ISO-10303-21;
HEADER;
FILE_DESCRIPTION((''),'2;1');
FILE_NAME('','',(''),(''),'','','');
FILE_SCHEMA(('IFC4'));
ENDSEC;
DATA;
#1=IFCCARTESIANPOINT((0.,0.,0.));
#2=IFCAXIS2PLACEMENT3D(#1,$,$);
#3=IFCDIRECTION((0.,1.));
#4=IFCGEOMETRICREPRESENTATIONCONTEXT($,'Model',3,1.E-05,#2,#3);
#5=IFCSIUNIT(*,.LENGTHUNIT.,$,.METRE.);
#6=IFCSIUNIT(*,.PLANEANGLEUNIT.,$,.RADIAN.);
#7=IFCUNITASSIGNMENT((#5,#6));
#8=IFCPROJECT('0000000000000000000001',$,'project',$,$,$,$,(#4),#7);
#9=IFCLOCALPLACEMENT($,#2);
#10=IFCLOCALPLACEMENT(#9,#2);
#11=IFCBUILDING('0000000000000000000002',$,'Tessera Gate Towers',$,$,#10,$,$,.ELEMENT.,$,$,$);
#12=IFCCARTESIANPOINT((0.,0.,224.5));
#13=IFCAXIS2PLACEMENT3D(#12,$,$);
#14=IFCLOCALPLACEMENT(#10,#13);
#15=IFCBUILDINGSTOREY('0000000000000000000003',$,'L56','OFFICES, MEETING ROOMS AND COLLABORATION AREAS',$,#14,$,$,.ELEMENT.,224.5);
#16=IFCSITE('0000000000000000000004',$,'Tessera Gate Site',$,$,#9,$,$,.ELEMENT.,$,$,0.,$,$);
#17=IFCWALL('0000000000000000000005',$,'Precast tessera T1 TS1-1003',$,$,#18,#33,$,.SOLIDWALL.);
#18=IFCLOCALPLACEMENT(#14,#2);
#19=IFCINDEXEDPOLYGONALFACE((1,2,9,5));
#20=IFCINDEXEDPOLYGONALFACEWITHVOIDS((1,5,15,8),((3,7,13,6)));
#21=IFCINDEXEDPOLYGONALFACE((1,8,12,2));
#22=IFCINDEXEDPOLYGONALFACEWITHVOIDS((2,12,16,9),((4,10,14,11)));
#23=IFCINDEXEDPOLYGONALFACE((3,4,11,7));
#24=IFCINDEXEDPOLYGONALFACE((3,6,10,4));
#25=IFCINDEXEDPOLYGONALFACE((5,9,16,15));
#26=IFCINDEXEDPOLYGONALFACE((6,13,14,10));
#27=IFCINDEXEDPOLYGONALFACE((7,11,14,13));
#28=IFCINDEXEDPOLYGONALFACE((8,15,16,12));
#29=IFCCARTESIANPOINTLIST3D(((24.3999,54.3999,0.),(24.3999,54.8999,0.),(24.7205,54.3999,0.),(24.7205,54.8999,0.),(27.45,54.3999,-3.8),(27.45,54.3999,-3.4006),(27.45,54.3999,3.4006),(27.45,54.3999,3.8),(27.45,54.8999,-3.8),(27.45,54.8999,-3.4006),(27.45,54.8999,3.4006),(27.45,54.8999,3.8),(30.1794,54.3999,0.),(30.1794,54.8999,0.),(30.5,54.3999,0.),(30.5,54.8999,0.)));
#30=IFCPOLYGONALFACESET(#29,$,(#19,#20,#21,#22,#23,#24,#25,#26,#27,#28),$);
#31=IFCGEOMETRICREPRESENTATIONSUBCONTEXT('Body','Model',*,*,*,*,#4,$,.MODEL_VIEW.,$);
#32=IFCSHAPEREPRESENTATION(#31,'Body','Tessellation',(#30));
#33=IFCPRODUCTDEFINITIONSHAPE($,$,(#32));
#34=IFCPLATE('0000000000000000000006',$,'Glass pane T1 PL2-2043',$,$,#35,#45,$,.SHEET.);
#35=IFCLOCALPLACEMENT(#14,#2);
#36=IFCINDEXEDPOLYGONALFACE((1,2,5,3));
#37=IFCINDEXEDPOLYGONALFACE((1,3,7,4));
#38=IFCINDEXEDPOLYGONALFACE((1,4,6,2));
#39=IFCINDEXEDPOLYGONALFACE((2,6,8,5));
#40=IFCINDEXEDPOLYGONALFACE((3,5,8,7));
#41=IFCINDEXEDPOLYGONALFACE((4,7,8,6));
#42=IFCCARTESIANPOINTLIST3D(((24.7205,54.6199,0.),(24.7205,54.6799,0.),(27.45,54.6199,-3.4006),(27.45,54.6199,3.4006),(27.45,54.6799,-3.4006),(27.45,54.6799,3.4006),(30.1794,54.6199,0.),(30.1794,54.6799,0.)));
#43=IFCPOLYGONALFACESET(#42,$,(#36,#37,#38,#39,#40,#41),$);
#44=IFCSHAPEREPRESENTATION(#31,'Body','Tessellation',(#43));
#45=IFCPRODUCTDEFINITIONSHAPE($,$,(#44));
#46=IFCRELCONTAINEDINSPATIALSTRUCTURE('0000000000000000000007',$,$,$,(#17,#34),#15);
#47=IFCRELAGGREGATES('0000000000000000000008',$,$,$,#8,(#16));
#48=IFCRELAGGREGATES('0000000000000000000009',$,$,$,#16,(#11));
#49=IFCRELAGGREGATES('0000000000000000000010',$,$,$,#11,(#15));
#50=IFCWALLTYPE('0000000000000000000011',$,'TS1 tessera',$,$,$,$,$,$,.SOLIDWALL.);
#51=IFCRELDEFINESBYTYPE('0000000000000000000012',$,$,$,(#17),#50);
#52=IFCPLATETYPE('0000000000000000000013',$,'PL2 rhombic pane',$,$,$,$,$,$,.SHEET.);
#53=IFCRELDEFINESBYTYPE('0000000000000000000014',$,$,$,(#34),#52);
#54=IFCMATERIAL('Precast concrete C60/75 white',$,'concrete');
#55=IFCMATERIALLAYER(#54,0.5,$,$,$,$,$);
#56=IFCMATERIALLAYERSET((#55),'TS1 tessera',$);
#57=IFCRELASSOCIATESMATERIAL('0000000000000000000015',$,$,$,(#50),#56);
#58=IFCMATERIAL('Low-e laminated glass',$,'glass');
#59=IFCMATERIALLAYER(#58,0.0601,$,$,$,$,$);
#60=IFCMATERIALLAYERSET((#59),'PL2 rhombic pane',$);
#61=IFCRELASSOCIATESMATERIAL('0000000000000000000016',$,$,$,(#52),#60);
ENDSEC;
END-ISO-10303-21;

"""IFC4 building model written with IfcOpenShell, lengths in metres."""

from ifc_helpers import new_model, si_unit, direction, frame, origin, place, context, subcontext, project, spatial, polyline, outline, extrude, source, transform, mapped, material, layer, layer_set, type_object, element, fill, save


model = new_model("IFC4")

# Units and contexts
model_context = context("Model", 3, precision=1e-05, world=origin(), true_north=direction((0.0, 1.0)))
body_context = subcontext(model_context, "Body", "Model", "MODEL_VIEW")
ifc_project = project(units=[si_unit("LENGTHUNIT", "METRE"), si_unit("PLANEANGLEUNIT", "RADIAN")], contexts=[model_context])

# Site, building, storey
site_placement = place(None, origin())
site = spatial("IfcSite", under=ifc_project, at=site_placement, Name="Tessera Gate Site", CompositionType="ELEMENT", RefElevation=0.0)
building_placement = place(site_placement, origin())
building = spatial("IfcBuilding", under=site, at=building_placement, Name="Tessera Gate Towers", CompositionType="ELEMENT")
storey_placement = place(building_placement, frame((0.0, 0.0, 224.5)))
storey = spatial("IfcBuildingStorey", under=building, at=storey_placement, Name="L56", Description="OFFICES, MEETING ROOMS AND COLLABORATION AREAS", CompositionType="ELEMENT", Elevation=224.5)

# Wall, opening, plate
ifc_material_1 = material(Name="Precast concrete C60/75 white", Category="concrete")
ifc_layer_1 = layer(ifc_material_1, 0.5)
ifc_layer_set_1 = layer_set([ifc_layer_1], Name="TS1 tessera")
wall_type_1 = type_object("IfcWallType", Name="TS1 tessera", PredefinedType="SOLIDWALL", material=ifc_layer_set_1)
shared_shape_1 = source(origin(), body_context, "Body", "SweptSolid", [
    extrude(outline(polyline([(3.05, 0.0), (6.1001, 3.8), (3.05, 7.6001), (0.0, 3.8), (3.05, 0.0)])), frame((0.0, 0.25, 0.0), z_axis=(0.0, -1.0, 0.0), x_axis=(1.0, 0.0, 0.0)), (0.0, 0.0, 1.0), 0.5),
])
wall_1_placement = place(storey_placement, frame((30.5, 54.6499, -3.8), z_axis=(0.0, 0.0, 1.0), x_axis=(-1.0, 0.0, 0.0)))
wall_1 = element("IfcWall", 1, at=wall_1_placement, inside=storey, type_object=wall_type_1, Name="Precast tessera T1 TS1-1003", PredefinedType="SOLIDWALL", context=body_context, shape_type="MappedRepresentation", body=[
    mapped(shared_shape_1, transform((0.0, 0.0, 0.0), scale=1.0)),
])
shared_shape_2 = source(origin(), body_context, "Body", "SweptSolid", [
    extrude(outline(polyline([(3.05, 0.3994), (5.7795, 3.8), (3.05, 7.2007), (0.3206, 3.8), (3.05, 0.3994)])), frame((0.0, 0.26, 0.0), z_axis=(0.0, -1.0, 0.0), x_axis=(1.0, 0.0, 0.0)), (0.0, 0.0, 1.0), 0.52),
])
opening_1_placement = place(wall_1_placement, origin())
opening_1 = element("IfcOpeningElement", 2, at=opening_1_placement, cuts=wall_1, PredefinedType="OPENING", context=body_context, shape_type="MappedRepresentation", body=[
    mapped(shared_shape_2, transform((0.0, 0.0, 0.0), scale=1.0)),
])
ifc_material_2 = material(Name="Low-e laminated glass", Category="glass")
ifc_layer_2 = layer(ifc_material_2, 0.0601)
ifc_layer_set_2 = layer_set([ifc_layer_2], Name="PL2 rhombic pane")
plate_type = type_object("IfcPlateType", Name="PL2 rhombic pane", PredefinedType="SHEET", material=ifc_layer_set_2)
shared_shape_3 = source(origin(), body_context, "Body", "SweptSolid", [
    extrude(outline(polyline([(3.05, 0.3994), (5.7795, 3.8), (3.05, 7.2007), (0.3206, 3.8), (3.05, 0.3994)])), frame((0.0, 0.03, 0.0), z_axis=(0.0, -1.0, 0.0), x_axis=(1.0, 0.0, 0.0)), (0.0, 0.0, 1.0), 0.0601),
])
plate_placement = place(opening_1_placement, origin())
plate = element("IfcPlate", 3, at=plate_placement, inside=storey, type_object=plate_type, Name="Glass pane T1 PL2-2043", PredefinedType="SHEET", context=body_context, shape_type="MappedRepresentation", body=[
    mapped(shared_shape_3, transform((0.0, 0.0, 0.0), scale=1.0)),
])
fill(opening_1, plate)

save(model, "model.ifc")
